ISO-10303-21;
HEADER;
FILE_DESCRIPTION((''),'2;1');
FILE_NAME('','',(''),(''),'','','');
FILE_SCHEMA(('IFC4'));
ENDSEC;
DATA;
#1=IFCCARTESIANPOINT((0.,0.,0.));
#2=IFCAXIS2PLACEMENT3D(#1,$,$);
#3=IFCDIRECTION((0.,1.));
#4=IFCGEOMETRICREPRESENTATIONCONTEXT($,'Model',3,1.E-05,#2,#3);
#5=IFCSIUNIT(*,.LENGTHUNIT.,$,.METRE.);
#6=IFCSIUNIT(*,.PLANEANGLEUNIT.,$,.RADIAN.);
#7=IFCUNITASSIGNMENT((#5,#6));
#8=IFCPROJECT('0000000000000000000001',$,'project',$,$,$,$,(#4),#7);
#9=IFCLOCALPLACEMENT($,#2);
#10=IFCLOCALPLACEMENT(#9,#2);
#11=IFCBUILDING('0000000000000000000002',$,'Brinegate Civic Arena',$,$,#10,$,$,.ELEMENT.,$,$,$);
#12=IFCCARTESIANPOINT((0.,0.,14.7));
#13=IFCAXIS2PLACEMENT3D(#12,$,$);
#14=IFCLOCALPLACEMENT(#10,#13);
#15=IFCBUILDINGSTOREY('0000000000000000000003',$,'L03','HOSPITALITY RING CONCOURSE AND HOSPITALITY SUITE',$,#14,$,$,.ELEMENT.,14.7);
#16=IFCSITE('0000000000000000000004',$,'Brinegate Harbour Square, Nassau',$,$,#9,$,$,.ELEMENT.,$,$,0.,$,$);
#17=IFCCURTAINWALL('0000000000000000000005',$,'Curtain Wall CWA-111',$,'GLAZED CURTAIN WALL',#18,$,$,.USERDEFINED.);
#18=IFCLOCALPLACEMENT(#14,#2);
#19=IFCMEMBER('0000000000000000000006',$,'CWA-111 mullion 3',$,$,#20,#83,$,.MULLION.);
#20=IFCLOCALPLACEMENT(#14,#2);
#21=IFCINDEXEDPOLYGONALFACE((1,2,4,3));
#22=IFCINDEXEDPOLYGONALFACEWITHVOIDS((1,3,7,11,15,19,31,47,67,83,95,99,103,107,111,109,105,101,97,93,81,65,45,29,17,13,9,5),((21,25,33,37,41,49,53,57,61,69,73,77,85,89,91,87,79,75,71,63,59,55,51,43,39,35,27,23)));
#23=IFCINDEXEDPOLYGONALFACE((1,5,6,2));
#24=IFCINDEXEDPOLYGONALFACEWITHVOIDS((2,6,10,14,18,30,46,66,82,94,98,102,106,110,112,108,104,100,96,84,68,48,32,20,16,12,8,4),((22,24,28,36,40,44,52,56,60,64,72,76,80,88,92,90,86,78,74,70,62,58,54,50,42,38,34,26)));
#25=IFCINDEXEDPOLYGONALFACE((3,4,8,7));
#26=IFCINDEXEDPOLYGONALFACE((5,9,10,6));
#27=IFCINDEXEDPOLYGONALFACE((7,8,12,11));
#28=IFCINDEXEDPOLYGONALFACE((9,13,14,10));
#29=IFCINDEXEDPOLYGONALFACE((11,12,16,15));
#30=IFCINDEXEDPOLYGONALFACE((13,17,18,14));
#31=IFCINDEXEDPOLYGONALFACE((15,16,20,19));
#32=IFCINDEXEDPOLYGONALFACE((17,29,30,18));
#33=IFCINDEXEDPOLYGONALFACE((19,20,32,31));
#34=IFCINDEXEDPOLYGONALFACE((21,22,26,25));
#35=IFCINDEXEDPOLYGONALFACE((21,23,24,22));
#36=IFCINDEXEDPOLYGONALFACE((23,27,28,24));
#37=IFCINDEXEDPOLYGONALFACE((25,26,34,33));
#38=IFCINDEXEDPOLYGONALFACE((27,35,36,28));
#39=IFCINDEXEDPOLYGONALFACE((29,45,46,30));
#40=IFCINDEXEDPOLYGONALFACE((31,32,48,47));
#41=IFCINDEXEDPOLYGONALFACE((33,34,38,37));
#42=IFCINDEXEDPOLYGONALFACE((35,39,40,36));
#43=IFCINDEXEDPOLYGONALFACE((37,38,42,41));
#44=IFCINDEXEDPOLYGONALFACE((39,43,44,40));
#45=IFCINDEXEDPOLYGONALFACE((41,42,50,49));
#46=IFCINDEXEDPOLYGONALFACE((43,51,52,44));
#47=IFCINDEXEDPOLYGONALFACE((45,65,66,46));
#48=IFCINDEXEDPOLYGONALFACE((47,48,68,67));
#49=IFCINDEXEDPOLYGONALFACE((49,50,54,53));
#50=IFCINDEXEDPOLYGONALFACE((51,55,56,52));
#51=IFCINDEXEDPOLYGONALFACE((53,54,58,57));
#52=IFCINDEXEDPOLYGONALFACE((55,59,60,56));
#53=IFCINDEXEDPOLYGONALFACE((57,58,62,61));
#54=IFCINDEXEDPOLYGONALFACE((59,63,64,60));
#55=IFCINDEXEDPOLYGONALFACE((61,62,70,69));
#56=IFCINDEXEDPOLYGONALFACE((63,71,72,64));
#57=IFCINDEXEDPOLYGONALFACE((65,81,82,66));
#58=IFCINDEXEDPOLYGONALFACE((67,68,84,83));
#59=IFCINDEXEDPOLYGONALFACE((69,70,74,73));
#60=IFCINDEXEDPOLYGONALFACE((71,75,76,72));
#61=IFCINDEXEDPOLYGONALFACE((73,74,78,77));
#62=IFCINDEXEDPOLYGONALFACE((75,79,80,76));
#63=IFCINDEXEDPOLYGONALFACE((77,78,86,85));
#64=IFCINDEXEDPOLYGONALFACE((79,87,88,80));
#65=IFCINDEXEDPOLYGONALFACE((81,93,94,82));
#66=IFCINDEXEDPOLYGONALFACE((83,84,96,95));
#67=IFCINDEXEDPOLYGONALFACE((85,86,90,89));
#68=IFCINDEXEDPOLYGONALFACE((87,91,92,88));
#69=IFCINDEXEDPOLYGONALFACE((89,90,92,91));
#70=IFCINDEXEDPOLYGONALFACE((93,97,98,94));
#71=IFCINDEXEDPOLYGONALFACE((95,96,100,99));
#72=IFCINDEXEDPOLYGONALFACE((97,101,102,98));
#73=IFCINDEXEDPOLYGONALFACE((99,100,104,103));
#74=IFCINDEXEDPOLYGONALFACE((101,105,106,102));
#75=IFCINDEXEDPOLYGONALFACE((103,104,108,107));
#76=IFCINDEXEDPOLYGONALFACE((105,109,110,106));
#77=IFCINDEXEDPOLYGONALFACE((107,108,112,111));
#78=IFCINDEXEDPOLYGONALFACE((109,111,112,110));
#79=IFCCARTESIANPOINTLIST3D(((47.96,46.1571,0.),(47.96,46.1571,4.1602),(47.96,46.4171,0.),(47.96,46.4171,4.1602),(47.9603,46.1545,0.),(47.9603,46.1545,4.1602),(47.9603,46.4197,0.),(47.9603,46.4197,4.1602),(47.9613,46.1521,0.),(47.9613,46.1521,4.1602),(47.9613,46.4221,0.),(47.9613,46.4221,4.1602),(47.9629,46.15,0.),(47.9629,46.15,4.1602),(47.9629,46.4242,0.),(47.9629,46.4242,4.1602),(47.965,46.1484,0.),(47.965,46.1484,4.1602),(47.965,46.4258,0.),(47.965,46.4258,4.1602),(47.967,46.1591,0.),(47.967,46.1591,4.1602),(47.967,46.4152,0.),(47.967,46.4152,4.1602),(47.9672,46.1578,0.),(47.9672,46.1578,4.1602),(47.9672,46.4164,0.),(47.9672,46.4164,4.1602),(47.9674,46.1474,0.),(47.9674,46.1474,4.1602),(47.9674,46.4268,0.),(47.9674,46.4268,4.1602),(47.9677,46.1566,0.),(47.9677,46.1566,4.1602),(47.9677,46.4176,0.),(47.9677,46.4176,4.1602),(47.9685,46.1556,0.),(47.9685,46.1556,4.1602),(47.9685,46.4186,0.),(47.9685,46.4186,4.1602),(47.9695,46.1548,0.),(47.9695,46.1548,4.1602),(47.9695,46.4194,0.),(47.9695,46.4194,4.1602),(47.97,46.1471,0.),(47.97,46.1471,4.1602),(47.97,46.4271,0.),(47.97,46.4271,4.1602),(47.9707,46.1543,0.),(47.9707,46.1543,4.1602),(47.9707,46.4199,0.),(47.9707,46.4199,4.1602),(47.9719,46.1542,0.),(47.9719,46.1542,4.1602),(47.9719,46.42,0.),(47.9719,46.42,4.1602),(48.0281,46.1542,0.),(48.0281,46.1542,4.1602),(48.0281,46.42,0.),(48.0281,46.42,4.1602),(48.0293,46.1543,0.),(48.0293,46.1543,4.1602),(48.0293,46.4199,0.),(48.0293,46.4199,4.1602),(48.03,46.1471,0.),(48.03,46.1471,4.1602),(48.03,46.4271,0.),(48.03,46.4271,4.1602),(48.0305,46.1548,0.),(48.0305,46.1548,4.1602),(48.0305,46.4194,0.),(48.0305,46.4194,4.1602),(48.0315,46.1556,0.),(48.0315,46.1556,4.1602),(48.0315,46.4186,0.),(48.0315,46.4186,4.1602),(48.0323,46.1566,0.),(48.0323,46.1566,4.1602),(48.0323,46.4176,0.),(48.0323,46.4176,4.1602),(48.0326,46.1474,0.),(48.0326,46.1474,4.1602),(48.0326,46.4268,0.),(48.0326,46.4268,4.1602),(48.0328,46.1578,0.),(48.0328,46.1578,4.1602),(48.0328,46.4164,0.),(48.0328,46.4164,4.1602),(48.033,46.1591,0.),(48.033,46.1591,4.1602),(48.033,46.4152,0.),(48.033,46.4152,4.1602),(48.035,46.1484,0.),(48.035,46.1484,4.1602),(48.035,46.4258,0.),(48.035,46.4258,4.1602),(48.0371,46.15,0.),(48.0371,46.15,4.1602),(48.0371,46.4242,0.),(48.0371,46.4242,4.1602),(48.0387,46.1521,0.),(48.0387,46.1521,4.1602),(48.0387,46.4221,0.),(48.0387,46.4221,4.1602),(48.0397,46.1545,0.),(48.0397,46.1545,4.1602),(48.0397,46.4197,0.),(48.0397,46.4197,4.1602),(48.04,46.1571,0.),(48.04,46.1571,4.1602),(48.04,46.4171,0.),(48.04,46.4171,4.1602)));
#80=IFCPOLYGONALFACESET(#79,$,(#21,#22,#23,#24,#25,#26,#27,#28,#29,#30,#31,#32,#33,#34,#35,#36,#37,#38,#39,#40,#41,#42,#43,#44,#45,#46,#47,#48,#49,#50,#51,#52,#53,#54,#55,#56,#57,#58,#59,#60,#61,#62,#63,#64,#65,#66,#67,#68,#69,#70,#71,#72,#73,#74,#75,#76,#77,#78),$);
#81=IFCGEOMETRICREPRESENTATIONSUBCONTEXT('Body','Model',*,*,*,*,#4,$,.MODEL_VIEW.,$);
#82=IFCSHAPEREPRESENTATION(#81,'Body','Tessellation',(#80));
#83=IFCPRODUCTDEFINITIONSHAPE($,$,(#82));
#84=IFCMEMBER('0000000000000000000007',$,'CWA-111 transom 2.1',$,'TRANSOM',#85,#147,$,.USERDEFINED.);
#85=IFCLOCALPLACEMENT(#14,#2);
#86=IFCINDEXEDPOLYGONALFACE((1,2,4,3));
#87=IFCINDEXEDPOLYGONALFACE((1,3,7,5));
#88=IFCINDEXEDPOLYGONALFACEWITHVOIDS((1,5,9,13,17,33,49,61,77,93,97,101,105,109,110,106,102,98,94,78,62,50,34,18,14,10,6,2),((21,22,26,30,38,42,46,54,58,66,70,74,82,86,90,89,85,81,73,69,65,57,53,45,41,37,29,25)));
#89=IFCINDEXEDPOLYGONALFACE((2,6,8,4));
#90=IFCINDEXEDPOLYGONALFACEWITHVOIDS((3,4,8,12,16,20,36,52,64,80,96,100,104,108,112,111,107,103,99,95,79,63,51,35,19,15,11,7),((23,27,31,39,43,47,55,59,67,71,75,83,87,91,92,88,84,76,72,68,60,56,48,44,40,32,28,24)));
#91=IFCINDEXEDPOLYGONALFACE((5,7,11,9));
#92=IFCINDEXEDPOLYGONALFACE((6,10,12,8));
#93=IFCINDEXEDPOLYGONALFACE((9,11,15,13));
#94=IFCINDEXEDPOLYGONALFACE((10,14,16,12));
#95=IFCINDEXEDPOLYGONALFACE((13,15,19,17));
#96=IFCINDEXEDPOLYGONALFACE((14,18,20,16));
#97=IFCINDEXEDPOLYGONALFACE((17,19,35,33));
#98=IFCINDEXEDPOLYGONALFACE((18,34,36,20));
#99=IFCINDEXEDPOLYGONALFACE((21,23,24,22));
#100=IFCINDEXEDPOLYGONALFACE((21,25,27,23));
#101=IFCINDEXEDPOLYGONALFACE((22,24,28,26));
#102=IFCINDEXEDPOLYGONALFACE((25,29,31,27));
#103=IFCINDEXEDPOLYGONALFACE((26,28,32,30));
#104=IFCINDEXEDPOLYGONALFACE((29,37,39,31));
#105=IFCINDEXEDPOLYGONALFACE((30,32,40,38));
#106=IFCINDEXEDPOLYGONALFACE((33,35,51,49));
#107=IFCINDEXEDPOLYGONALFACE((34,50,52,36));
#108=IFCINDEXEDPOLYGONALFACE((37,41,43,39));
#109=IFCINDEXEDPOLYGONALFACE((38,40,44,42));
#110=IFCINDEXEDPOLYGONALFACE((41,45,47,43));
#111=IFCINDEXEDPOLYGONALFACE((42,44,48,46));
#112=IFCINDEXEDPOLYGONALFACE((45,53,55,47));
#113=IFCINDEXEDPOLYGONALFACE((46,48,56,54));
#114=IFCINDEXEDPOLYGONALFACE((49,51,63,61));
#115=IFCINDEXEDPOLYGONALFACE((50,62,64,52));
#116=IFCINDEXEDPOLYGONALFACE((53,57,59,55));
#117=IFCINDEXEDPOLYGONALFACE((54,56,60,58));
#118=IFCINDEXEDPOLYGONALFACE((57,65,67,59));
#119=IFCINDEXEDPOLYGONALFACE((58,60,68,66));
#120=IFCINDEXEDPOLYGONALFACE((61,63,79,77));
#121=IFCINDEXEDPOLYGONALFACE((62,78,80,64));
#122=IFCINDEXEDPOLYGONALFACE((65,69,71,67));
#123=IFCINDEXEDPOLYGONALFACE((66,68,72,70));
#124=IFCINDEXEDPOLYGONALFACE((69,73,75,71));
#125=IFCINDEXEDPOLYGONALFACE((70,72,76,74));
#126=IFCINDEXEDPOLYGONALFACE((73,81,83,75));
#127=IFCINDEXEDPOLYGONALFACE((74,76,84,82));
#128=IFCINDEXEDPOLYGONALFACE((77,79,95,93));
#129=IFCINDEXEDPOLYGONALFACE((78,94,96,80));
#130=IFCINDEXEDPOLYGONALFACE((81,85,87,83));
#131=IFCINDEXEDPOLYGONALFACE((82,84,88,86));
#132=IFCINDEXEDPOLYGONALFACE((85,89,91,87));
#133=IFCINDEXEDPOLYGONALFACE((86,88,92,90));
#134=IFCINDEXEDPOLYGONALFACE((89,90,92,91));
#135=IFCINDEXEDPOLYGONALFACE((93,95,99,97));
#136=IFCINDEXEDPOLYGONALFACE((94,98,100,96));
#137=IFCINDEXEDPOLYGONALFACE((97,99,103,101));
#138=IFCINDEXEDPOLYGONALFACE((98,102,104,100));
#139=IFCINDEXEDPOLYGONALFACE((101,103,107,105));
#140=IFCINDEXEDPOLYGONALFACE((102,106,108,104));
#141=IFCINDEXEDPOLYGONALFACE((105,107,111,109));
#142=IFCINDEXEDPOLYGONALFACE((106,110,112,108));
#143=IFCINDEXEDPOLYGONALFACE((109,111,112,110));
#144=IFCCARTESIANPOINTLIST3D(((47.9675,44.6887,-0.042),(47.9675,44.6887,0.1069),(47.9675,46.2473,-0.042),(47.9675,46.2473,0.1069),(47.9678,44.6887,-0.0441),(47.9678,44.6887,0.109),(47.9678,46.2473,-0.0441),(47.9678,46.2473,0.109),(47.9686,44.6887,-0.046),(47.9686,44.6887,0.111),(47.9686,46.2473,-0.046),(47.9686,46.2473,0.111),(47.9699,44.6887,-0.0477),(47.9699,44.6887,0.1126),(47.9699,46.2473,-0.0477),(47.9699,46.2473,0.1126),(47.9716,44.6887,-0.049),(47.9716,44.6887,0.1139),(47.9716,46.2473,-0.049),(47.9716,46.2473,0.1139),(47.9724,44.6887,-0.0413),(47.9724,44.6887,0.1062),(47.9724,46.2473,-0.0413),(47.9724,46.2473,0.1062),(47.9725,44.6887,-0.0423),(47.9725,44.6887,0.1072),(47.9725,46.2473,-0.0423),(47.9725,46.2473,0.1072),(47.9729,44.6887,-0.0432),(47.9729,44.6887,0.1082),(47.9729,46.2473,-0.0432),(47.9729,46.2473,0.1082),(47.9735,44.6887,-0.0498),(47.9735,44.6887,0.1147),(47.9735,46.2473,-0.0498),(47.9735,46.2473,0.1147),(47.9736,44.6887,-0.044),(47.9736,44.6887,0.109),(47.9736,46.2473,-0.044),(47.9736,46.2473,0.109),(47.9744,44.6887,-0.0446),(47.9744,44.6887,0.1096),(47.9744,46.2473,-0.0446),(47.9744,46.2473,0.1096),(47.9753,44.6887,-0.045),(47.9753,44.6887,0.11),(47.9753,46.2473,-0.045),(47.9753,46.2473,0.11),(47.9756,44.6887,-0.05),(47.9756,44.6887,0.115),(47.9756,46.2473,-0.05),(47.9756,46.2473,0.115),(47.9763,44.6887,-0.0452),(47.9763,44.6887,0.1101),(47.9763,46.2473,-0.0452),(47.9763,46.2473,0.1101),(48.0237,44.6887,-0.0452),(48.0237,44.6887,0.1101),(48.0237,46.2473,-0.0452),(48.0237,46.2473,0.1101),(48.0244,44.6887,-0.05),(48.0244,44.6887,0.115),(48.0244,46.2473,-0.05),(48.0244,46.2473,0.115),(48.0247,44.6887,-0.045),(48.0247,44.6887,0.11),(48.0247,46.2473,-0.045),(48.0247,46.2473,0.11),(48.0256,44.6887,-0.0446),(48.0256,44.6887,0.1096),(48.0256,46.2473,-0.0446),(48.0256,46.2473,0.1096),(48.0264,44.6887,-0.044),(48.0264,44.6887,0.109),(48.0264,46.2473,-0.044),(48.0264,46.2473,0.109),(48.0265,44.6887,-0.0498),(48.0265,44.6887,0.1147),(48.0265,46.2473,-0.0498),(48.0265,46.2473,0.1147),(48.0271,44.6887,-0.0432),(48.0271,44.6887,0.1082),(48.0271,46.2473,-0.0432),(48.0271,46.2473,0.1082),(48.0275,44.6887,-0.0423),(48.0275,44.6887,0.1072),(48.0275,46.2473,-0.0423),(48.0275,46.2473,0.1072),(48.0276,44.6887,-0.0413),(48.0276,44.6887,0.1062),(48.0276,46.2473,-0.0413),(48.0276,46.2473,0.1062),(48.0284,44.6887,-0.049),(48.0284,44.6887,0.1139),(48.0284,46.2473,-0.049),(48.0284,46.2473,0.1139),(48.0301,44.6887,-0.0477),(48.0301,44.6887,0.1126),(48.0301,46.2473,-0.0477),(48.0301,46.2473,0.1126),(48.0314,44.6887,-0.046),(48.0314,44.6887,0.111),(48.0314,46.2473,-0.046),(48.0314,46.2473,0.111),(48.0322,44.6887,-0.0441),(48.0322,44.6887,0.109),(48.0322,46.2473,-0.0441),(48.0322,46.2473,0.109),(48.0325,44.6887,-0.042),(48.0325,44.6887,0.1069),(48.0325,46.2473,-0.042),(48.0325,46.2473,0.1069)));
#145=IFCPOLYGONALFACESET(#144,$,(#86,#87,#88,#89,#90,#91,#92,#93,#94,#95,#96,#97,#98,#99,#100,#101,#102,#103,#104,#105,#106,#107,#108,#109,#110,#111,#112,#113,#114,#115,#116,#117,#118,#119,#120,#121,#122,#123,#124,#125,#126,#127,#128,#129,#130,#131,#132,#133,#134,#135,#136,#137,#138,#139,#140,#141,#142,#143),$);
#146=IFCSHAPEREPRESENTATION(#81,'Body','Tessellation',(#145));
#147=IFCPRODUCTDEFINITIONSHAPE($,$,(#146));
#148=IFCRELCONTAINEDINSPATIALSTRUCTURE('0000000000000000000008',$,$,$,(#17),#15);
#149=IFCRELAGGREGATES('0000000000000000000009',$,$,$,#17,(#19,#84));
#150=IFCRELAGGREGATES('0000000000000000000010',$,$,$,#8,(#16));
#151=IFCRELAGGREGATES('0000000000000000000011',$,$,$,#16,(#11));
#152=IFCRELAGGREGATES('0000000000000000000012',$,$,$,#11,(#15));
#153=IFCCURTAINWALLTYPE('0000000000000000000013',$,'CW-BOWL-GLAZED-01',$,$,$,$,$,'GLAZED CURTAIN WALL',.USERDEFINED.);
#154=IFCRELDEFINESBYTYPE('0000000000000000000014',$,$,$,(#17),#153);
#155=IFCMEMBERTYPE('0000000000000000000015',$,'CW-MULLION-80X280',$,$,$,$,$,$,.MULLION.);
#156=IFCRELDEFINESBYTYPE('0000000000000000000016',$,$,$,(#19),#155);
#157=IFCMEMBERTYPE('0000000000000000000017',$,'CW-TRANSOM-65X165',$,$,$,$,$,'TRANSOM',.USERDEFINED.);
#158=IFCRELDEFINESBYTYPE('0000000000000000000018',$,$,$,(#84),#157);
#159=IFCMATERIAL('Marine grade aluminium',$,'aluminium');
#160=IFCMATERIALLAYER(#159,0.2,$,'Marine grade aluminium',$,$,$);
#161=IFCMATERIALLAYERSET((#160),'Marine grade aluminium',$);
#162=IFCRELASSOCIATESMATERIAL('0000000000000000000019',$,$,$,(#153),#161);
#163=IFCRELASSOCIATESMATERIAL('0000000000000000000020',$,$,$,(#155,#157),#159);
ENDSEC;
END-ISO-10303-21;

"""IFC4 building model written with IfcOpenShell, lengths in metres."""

from ifc_helpers import new_model, si_unit, direction, frame, origin, origin_2d, place, context, subcontext, project, spatial, hollow_rectangle, extrude, material, layer, layer_set, material_profile, profile_set, type_object, element, aggregate, save


model = new_model("IFC4")

# Units and contexts
model_context = context("Model", 3, precision=1e-05, world=origin(), true_north=direction((0.0, 1.0)))
body_context = subcontext(model_context, "Body", "Model", "MODEL_VIEW")
ifc_project = project(units=[si_unit("LENGTHUNIT", "METRE"), si_unit("PLANEANGLEUNIT", "RADIAN")], contexts=[model_context])

# Site, building, storey
site_placement = place(None, origin())
site = spatial("IfcSite", under=ifc_project, at=site_placement, Name="Brinegate Harbour Square, Nassau", CompositionType="ELEMENT", RefElevation=0.0)
building_placement = place(site_placement, origin())
building = spatial("IfcBuilding", under=site, at=building_placement, Name="Brinegate Civic Arena", CompositionType="ELEMENT")
storey_placement = place(building_placement, frame((0.0, 0.0, 14.7)))
storey = spatial("IfcBuildingStorey", under=building, at=storey_placement, Name="L03", Description="HOSPITALITY RING CONCOURSE AND HOSPITALITY SUITE", CompositionType="ELEMENT", Elevation=14.7)

# Curtain wall, members
ifc_material_1 = material(Name="Marine grade aluminium", Category="aluminium")
ifc_layer_1 = layer(ifc_material_1, 0.2, Name="Marine grade aluminium")
ifc_layer_set_1 = layer_set([ifc_layer_1], Name="Marine grade aluminium")
curtain_wall_type = type_object("IfcCurtainWallType", Name="CW-BOWL-GLAZED-01", ElementType="GLAZED CURTAIN WALL", PredefinedType="USERDEFINED", material=ifc_layer_set_1)
curtain_wall_placement = place(storey_placement, origin())
curtain_wall = element("IfcCurtainWall", 1, at=curtain_wall_placement, inside=storey, type_object=curtain_wall_type, Name="Curtain Wall CWA-111", ObjectType="GLAZED CURTAIN WALL", PredefinedType="USERDEFINED")
ifc_material_profile_1 = material_profile(ifc_material_1, hollow_rectangle(XDim=0.0801, YDim=0.28, WallThickness=0.0071, InnerFilletRadius=0.0049, OuterFilletRadius=0.01, at=origin_2d()), Name="MUL80X280")
ifc_profile_set_1 = profile_set([ifc_material_profile_1], Name="Marine grade aluminium")
member_type_1 = type_object("IfcMemberType", Name="CW-MULLION-80X280", PredefinedType="MULLION", material=ifc_profile_set_1)
member_1_placement = place(storey_placement, frame((48.0, 46.2871, 0.0), z_axis=(0.0, 0.0, 1.0), x_axis=(-1.0, 0.0, 0.0)))
member_1 = element("IfcMember", 2, at=member_1_placement, type_object=member_type_1, Name="CWA-111 mullion 3", PredefinedType="MULLION", context=body_context, shape_type="SweptSolid", body=[
    extrude(hollow_rectangle(XDim=0.0801, YDim=0.28, WallThickness=0.0071, InnerFilletRadius=0.0049, OuterFilletRadius=0.01, at=origin_2d()), origin(), (0.0, 0.0, 1.0), 4.1602),
])
ifc_material_profile_2 = material_profile(ifc_material_1, hollow_rectangle(XDim=0.0649, YDim=0.165, WallThickness=0.0049, InnerFilletRadius=0.0039, OuterFilletRadius=0.0081, at=origin_2d()), Name="TRN65X165")
ifc_profile_set_2 = profile_set([ifc_material_profile_2], Name="Marine grade aluminium")
member_type_2 = type_object("IfcMemberType", Name="CW-TRANSOM-65X165", ElementType="TRANSOM", PredefinedType="USERDEFINED", material=ifc_profile_set_2)
member_2_placement = place(storey_placement, frame((48.0, 44.6887, 0.0325), z_axis=(0.0, 1.0, 0.0), x_axis=(-1.0, 0.0, 0.0)))
member_2 = element("IfcMember", 3, at=member_2_placement, type_object=member_type_2, Name="CWA-111 transom 2.1", ObjectType="TRANSOM", PredefinedType="USERDEFINED", context=body_context, shape_type="SweptSolid", body=[
    extrude(hollow_rectangle(XDim=0.0649, YDim=0.165, WallThickness=0.0049, InnerFilletRadius=0.0039, OuterFilletRadius=0.0081, at=origin_2d()), origin(), (0.0, 0.0, 1.0), 1.5586),
])
aggregate(curtain_wall, [member_1, member_2])

save(model, "model.ifc")
